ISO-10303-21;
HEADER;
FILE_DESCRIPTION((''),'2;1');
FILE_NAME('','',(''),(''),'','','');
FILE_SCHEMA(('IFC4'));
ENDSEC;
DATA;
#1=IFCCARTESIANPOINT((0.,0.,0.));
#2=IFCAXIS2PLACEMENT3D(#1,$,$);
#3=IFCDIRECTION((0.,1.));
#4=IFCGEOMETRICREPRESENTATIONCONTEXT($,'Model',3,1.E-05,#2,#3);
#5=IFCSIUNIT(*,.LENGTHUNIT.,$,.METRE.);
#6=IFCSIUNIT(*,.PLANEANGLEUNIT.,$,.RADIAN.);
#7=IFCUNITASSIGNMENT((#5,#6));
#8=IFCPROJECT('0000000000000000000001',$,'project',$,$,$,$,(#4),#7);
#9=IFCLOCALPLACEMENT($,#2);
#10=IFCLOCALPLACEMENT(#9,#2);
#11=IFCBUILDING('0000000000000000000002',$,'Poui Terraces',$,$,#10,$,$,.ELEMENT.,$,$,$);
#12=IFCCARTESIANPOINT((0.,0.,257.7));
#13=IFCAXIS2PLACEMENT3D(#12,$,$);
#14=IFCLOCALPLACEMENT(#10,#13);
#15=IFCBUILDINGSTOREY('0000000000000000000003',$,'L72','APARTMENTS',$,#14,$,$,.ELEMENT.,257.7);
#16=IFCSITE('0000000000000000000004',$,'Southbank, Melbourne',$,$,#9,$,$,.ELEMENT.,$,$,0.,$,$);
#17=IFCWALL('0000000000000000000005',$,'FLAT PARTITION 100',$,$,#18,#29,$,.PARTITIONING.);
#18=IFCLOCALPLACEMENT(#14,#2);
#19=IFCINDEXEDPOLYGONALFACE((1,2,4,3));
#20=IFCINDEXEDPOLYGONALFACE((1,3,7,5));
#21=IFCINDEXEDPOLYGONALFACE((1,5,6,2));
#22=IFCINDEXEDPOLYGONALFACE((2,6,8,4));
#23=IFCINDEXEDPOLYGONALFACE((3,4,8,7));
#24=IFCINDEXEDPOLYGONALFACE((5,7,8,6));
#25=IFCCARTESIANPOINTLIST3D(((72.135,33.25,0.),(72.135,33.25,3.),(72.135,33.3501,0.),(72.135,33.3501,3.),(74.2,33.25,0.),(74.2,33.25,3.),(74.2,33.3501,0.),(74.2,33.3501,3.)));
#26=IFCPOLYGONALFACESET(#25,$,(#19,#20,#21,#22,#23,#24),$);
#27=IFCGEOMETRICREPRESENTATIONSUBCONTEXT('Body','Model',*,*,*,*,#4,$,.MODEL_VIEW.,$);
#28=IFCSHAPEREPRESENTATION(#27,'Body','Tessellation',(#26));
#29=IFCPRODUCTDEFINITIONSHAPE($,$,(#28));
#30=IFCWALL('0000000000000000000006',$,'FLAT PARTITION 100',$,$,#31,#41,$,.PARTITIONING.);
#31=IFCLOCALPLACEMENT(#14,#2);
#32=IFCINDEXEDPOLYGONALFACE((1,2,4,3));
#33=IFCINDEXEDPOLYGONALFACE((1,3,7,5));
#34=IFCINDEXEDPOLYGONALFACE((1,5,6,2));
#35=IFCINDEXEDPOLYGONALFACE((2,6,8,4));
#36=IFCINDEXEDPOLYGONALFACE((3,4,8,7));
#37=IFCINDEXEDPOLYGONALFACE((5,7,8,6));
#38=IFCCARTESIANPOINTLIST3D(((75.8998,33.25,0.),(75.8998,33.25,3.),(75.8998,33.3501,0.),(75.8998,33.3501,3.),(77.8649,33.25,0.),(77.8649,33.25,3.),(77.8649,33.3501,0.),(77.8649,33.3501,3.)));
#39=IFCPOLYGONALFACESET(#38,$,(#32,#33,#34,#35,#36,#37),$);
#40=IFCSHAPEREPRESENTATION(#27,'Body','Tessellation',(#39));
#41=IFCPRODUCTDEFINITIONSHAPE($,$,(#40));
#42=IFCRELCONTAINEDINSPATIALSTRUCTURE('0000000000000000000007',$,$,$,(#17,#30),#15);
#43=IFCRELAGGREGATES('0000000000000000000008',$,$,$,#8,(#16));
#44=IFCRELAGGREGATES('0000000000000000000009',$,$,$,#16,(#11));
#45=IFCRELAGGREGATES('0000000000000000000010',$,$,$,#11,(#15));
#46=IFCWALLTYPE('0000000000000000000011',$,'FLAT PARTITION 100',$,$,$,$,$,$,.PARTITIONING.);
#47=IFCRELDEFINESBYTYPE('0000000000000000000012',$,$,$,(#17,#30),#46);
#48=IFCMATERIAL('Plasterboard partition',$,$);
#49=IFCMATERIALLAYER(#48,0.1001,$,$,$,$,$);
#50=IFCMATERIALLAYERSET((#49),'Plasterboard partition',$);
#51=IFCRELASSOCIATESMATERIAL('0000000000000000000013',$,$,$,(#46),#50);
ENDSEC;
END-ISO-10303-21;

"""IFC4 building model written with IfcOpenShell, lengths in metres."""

from ifc_helpers import new_model, si_unit, direction, frame, frame_2d, origin, place, context, subcontext, project, spatial, rectangle, extrude, material, layer, layer_set, type_object, element, save


model = new_model("IFC4")

# Units and contexts
model_context = context("Model", 3, precision=1e-05, world=origin(), true_north=direction((0.0, 1.0)))
body_context = subcontext(model_context, "Body", "Model", "MODEL_VIEW")
ifc_project = project(units=[si_unit("LENGTHUNIT", "METRE"), si_unit("PLANEANGLEUNIT", "RADIAN")], contexts=[model_context])

# Site, building, storey
site_placement = place(None, origin())
site = spatial("IfcSite", under=ifc_project, at=site_placement, Name="Southbank, Melbourne", CompositionType="ELEMENT", RefElevation=0.0)
building_placement = place(site_placement, origin())
building = spatial("IfcBuilding", under=site, at=building_placement, Name="Poui Terraces", CompositionType="ELEMENT")
storey_placement = place(building_placement, frame((0.0, 0.0, 257.7)))
storey = spatial("IfcBuildingStorey", under=building, at=storey_placement, Name="L72", Description="APARTMENTS", CompositionType="ELEMENT", Elevation=257.7)

# Walls
ifc_material_1 = material(Name="Plasterboard partition")
ifc_layer_1 = layer(ifc_material_1, 0.1001)
ifc_layer_set_1 = layer_set([ifc_layer_1], Name="Plasterboard partition")
wall_type_1 = type_object("IfcWallType", Name="FLAT PARTITION 100", PredefinedType="PARTITIONING", material=ifc_layer_set_1)
wall_1_placement = place(storey_placement, frame((72.135, 33.3, 0.0), z_axis=(0.0, 0.0, 1.0), x_axis=(1.0, 0.0, 0.0)))
element("IfcWall", 1, at=wall_1_placement, inside=storey, type_object=wall_type_1, Name="FLAT PARTITION 100", PredefinedType="PARTITIONING", context=body_context, shape_type="SweptSolid", body=[
    extrude(rectangle(XDim=2.0649, YDim=0.1001, at=frame_2d((1.0325, 0.0))), origin(), (0.0, 0.0, 1.0), 3.0),
])
wall_2_placement = place(storey_placement, frame((75.8999, 33.3, 0.0), z_axis=(0.0, 0.0, 1.0), x_axis=(1.0, 0.0, 0.0)))
element("IfcWall", 2, at=wall_2_placement, inside=storey, type_object=wall_type_1, Name="FLAT PARTITION 100", PredefinedType="PARTITIONING", context=body_context, shape_type="SweptSolid", body=[
    extrude(rectangle(XDim=1.9651, YDim=0.1001, at=frame_2d((0.9824, 0.0))), origin(), (0.0, 0.0, 1.0), 3.0),
])

save(model, "model.ifc")
